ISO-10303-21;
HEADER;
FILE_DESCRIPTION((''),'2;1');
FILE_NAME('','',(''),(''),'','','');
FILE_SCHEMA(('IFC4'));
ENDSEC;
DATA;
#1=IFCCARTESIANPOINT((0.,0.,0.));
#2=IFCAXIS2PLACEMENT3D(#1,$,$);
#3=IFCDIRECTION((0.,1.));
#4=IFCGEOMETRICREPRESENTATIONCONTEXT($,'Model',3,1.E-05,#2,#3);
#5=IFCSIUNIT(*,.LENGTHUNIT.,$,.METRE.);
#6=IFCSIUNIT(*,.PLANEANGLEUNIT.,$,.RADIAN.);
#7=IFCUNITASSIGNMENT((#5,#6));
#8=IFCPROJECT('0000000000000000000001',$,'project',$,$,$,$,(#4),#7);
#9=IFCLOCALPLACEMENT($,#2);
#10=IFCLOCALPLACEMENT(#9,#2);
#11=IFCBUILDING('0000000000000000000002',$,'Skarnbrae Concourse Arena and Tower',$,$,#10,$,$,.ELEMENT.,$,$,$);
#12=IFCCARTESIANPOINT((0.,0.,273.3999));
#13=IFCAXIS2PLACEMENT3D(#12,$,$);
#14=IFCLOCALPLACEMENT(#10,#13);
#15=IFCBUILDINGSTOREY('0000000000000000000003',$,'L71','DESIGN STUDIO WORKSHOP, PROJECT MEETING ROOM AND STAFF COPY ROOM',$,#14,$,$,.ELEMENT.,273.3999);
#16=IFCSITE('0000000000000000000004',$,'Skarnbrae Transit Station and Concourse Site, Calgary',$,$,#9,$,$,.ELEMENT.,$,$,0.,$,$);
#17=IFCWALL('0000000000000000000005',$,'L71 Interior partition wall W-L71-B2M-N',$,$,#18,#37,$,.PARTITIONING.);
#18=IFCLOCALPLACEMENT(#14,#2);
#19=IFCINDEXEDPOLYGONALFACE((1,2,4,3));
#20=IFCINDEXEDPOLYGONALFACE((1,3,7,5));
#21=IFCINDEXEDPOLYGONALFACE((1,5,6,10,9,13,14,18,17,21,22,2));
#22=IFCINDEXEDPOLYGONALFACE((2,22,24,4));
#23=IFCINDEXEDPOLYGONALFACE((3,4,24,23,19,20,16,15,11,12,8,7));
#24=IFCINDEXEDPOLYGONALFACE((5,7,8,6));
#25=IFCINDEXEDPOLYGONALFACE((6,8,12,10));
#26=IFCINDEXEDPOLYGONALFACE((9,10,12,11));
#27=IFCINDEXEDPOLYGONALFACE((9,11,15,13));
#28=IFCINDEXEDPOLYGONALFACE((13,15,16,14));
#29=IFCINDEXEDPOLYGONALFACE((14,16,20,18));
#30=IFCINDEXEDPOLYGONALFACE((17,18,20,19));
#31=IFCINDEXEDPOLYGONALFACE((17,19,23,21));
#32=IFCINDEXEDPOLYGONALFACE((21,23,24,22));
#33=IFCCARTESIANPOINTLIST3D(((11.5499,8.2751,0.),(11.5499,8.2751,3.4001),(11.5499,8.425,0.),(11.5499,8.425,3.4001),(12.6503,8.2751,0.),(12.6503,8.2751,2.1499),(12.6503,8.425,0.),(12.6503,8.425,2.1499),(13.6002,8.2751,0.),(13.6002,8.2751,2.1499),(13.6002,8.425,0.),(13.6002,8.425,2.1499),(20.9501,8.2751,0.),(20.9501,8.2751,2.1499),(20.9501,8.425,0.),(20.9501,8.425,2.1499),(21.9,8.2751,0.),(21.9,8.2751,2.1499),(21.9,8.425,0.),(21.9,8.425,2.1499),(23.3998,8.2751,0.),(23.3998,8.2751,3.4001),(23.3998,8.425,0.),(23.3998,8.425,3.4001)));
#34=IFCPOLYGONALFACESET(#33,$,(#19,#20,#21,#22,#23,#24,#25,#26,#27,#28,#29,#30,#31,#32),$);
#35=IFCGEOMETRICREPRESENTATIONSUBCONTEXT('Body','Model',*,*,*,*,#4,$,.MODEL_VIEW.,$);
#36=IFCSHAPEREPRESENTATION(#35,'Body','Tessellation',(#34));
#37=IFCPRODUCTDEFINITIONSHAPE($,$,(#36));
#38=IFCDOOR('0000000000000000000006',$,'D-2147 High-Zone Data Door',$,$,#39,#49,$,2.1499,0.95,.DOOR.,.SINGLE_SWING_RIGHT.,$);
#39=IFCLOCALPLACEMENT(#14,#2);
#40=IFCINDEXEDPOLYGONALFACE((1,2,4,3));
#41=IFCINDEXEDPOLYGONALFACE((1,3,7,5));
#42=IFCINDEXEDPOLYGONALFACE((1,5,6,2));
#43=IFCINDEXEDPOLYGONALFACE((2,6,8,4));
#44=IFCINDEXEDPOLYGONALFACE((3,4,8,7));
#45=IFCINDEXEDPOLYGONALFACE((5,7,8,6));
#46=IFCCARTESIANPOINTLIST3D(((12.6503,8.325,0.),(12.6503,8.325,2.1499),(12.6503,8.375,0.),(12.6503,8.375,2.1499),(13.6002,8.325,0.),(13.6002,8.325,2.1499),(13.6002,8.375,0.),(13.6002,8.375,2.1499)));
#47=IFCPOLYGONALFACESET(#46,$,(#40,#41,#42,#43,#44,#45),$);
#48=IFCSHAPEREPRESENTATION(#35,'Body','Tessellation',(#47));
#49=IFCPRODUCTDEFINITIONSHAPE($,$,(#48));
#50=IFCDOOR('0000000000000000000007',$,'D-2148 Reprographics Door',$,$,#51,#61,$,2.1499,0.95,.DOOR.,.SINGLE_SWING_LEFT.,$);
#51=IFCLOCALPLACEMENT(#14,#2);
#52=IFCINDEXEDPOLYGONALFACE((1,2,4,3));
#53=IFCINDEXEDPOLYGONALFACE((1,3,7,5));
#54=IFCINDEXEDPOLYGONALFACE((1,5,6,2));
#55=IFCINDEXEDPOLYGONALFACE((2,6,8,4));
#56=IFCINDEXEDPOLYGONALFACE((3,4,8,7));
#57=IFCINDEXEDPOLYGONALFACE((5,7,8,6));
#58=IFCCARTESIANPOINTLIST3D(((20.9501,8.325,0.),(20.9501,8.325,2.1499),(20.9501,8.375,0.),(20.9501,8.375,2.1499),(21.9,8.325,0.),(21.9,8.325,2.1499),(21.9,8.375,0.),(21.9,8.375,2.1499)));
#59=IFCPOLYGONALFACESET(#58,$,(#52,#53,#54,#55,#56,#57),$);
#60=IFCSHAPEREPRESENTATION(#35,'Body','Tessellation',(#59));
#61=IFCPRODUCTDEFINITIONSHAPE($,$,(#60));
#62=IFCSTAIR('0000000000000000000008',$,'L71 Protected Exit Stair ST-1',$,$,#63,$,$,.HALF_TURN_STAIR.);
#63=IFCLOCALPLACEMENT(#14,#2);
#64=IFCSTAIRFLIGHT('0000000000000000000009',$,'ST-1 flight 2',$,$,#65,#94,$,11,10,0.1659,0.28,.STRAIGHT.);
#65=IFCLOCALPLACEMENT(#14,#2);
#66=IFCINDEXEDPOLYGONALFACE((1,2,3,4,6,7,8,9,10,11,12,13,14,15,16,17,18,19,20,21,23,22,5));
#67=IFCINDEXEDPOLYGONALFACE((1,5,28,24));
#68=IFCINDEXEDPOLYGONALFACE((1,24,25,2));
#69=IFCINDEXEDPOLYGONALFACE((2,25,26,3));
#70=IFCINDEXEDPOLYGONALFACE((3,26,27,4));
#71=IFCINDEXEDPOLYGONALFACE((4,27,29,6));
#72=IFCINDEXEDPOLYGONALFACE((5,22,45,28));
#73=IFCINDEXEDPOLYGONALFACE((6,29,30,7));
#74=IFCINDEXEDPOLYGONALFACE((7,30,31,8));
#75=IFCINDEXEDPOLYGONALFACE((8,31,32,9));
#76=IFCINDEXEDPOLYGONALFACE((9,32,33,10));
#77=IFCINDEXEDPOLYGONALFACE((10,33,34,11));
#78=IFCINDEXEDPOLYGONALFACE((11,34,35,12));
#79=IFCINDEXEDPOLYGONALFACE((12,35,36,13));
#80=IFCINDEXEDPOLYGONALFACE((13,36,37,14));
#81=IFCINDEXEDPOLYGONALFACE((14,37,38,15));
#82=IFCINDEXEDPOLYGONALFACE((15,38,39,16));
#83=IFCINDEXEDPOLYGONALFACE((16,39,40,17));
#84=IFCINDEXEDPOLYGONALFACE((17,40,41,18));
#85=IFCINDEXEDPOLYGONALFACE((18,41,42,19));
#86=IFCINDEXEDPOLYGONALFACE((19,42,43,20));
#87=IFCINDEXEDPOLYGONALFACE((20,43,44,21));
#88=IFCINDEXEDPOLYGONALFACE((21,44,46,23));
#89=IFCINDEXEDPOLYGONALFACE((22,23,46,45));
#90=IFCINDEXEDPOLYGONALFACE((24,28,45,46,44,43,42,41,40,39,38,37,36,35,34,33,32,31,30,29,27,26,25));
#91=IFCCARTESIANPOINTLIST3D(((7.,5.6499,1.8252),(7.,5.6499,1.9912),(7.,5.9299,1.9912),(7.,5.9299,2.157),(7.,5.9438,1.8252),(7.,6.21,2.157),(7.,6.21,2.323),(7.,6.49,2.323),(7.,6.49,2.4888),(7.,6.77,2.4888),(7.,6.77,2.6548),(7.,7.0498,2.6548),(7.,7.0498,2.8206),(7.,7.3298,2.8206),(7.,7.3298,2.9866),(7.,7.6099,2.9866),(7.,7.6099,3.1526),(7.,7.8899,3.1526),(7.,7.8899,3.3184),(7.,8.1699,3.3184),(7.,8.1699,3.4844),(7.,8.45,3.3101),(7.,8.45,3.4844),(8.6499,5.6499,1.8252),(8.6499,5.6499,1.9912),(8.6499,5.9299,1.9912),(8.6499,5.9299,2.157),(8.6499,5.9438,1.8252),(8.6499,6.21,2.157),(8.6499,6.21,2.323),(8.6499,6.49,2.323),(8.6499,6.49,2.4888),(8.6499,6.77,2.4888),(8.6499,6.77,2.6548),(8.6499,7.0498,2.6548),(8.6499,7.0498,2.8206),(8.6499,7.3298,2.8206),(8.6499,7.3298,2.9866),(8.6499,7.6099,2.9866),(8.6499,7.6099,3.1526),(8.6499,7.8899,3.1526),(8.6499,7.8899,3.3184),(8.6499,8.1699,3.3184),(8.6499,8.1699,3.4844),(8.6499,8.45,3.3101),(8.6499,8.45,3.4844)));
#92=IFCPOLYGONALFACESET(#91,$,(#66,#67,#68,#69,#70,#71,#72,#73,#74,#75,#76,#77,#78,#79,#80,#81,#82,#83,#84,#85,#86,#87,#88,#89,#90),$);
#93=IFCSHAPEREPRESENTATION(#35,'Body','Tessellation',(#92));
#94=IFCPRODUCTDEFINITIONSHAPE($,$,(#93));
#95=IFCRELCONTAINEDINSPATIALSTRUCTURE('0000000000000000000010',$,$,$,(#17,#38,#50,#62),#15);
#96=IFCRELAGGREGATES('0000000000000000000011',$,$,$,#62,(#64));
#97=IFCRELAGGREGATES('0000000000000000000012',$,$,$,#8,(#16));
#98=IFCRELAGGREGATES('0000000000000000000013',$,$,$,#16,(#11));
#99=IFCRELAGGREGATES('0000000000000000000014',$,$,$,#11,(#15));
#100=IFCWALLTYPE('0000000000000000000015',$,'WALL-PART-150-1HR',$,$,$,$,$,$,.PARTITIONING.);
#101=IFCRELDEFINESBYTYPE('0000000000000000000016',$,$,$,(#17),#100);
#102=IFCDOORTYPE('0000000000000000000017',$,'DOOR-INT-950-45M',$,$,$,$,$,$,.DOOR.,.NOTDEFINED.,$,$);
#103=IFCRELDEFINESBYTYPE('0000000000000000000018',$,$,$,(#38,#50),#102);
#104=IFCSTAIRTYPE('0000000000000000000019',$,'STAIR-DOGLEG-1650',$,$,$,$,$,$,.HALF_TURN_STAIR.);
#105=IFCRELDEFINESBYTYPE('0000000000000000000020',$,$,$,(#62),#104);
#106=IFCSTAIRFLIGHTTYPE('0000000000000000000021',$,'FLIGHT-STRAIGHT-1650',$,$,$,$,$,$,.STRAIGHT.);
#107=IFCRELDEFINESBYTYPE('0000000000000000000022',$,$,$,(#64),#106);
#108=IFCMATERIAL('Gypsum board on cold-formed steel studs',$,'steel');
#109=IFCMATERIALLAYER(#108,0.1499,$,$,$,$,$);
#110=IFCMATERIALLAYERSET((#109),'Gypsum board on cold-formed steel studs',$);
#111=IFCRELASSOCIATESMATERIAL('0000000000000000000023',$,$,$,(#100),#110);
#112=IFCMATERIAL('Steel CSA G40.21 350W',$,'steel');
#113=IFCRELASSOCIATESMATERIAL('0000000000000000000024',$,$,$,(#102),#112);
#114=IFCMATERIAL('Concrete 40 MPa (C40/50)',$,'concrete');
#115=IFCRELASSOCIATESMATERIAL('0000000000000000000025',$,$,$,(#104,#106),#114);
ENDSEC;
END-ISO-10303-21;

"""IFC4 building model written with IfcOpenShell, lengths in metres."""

from ifc_helpers import new_model, si_unit, direction, frame, frame_2d, origin, place, context, subcontext, project, spatial, polyline, rectangle, outline, extrude, source, transform, mapped, material, layer, layer_set, type_object, element, fill, aggregate, save


model = new_model("IFC4")

# Units and contexts
model_context = context("Model", 3, precision=1e-05, world=origin(), true_north=direction((0.0, 1.0)))
body_context = subcontext(model_context, "Body", "Model", "MODEL_VIEW")
ifc_project = project(units=[si_unit("LENGTHUNIT", "METRE"), si_unit("PLANEANGLEUNIT", "RADIAN")], contexts=[model_context])

# Site, building, storey
site_placement = place(None, origin())
site = spatial("IfcSite", under=ifc_project, at=site_placement, Name="Skarnbrae Transit Station and Concourse Site, Calgary", CompositionType="ELEMENT", RefElevation=0.0)
building_placement = place(site_placement, origin())
building = spatial("IfcBuilding", under=site, at=building_placement, Name="Skarnbrae Concourse Arena and Tower", CompositionType="ELEMENT")
storey_placement = place(building_placement, frame((0.0, 0.0, 273.3999)))
storey = spatial("IfcBuildingStorey", under=building, at=storey_placement, Name="L71", Description="DESIGN STUDIO WORKSHOP, PROJECT MEETING ROOM AND STAFF COPY ROOM", CompositionType="ELEMENT", Elevation=273.3999)

# Shared definitions
ifc_material_1 = material(Name="Gypsum board on cold-formed steel studs", Category="steel")

# Shared definitions
ifc_material_2 = material(Name="Steel CSA G40.21 350W", Category="steel")

# Shared definitions
ifc_layer_1 = layer(ifc_material_1, 0.1499)
ifc_layer_set_1 = layer_set([ifc_layer_1], Name="Gypsum board on cold-formed steel studs")
wall_type_1 = type_object("IfcWallType", Name="WALL-PART-150-1HR", PredefinedType="PARTITIONING", material=ifc_layer_set_1)

# Shared definitions
door_type_1 = type_object("IfcDoorType", Name="DOOR-INT-950-45M", OperationType="NOTDEFINED", PredefinedType="DOOR", material=ifc_material_2)
shared_shape_1 = source(origin(), body_context, "Body", "SweptSolid", [
    extrude(rectangle(XDim=0.95, YDim=2.1499, at=frame_2d((0.4751, 1.075))), frame((0.0, 0.0249, 0.0), z_axis=(0.0, -1.0, 0.0), x_axis=(1.0, 0.0, 0.0)), (0.0, 0.0, 1.0), 0.05),
])

# Shared definitions
shared_shape_2 = source(origin(), body_context, "Body", "SweptSolid", [
    extrude(rectangle(XDim=11.8499, YDim=0.1499, at=frame_2d((5.9248, 0.0))), origin(), (0.0, 0.0, 1.0), 3.4001),
])

# Wall, openings, doors
wall_1_placement = place(storey_placement, frame((11.55, 8.3501, 0.0), z_axis=(0.0, 0.0, 1.0), x_axis=(1.0, 0.0, 0.0)))
wall_1 = element("IfcWall", 1, at=wall_1_placement, inside=storey, type_object=wall_type_1, Name="L71 Interior partition wall W-L71-B2M-N", PredefinedType="PARTITIONING", context=body_context, shape_type="MappedRepresentation", body=[
    mapped(shared_shape_2, transform((0.0, 0.0, 0.0))),
])
opening_1_placement = place(wall_1_placement, frame((1.1001, 0.0, 0.0)))
opening_1 = element("IfcOpeningElement", 2, at=opening_1_placement, cuts=wall_1, PredefinedType="OPENING", context=body_context, shape_type="SweptSolid", body=[
    extrude(rectangle(XDim=0.95, YDim=2.1499, at=frame_2d((0.4751, 1.075))), frame((0.0, 0.085, 0.0), z_axis=(0.0, -1.0, 0.0), x_axis=(1.0, 0.0, 0.0)), (0.0, 0.0, 1.0), 0.1699),
])
opening_2_placement = place(wall_1_placement, frame((9.3999, 0.0, 0.0)))
opening_2 = element("IfcOpeningElement", 3, at=opening_2_placement, cuts=wall_1, PredefinedType="OPENING", context=body_context, shape_type="SweptSolid", body=[
    extrude(rectangle(XDim=0.95, YDim=2.1499, at=frame_2d((0.4751, 1.075))), frame((0.0, 0.085, 0.0), z_axis=(0.0, -1.0, 0.0), x_axis=(1.0, 0.0, 0.0)), (0.0, 0.0, 1.0), 0.1699),
])
door_1_placement = place(opening_1_placement, origin())
door_1 = element("IfcDoor", 4, at=door_1_placement, inside=storey, type_object=door_type_1, Name="D-2147 High-Zone Data Door", OperationType="SINGLE_SWING_RIGHT", OverallHeight=2.1499, OverallWidth=0.95, PredefinedType="DOOR", context=body_context, shape_type="MappedRepresentation", body=[
    mapped(shared_shape_1, transform((0.0, 0.0, 0.0))),
])
fill(opening_1, door_1)
door_2_placement = place(opening_2_placement, origin())
door_2 = element("IfcDoor", 5, at=door_2_placement, inside=storey, type_object=door_type_1, Name="D-2148 Reprographics Door", OperationType="SINGLE_SWING_LEFT", OverallHeight=2.1499, OverallWidth=0.95, PredefinedType="DOOR", context=body_context, shape_type="MappedRepresentation", body=[
    mapped(shared_shape_1, transform((0.0, 0.0, 0.0))),
])
fill(opening_2, door_2)

# Stair, stair flight
ifc_material_3 = material(Name="Concrete 40 MPa (C40/50)", Category="concrete")
stair_type = type_object("IfcStairType", Name="STAIR-DOGLEG-1650", PredefinedType="HALF_TURN_STAIR", material=ifc_material_3)
stair_placement = place(storey_placement, origin())
stair = element("IfcStair", 6, at=stair_placement, inside=storey, type_object=stair_type, Name="L71 Protected Exit Stair ST-1", PredefinedType="HALF_TURN_STAIR")
stair_flight_type = type_object("IfcStairFlightType", Name="FLIGHT-STRAIGHT-1650", PredefinedType="STRAIGHT", material=ifc_material_3)
shared_shape_3 = source(origin(), body_context, "Body", "SweptSolid", [
    extrude(outline(polyline([(0.0, 0.0), (0.0, 0.166), (0.28, 0.166), (0.28, 0.3318), (0.5601, 0.3318), (0.5601, 0.4978), (0.8401, 0.4978), (0.8401, 0.6636), (1.1201, 0.6636), (1.1201, 0.8296), (1.3999, 0.8296), (1.3999, 0.9954), (1.6799, 0.9954), (1.6799, 1.1614), (1.96, 1.1614), (1.96, 1.3274), (2.24, 1.3274), (2.24, 1.4932), (2.52, 1.4932), (2.52, 1.6592), (2.8, 1.6592), (2.8, 1.825), (2.8, 1.4849), (0.2939, 0.0), (0.0, 0.0)])), frame((0.0, 0.825, 0.0), z_axis=(0.0, -1.0, 0.0), x_axis=(1.0, 0.0, 0.0)), (0.0, 0.0, 1.0), 1.6499),
])
stair_flight_placement = place(storey_placement, frame((7.825, 5.6499, 1.8252), z_axis=(0.0, 0.0, 1.0), x_axis=(0.0, 1.0, 0.0)))
stair_flight = element("IfcStairFlight", 7, at=stair_flight_placement, type_object=stair_flight_type, Name="ST-1 flight 2", NumberOfRisers=11, NumberOfTreads=10, PredefinedType="STRAIGHT", RiserHeight=0.1659, TreadLength=0.28, context=body_context, shape_type="MappedRepresentation", body=[
    mapped(shared_shape_3, transform((0.0, 0.0, 0.0))),
])
aggregate(stair, [stair_flight])

save(model, "model.ifc")
